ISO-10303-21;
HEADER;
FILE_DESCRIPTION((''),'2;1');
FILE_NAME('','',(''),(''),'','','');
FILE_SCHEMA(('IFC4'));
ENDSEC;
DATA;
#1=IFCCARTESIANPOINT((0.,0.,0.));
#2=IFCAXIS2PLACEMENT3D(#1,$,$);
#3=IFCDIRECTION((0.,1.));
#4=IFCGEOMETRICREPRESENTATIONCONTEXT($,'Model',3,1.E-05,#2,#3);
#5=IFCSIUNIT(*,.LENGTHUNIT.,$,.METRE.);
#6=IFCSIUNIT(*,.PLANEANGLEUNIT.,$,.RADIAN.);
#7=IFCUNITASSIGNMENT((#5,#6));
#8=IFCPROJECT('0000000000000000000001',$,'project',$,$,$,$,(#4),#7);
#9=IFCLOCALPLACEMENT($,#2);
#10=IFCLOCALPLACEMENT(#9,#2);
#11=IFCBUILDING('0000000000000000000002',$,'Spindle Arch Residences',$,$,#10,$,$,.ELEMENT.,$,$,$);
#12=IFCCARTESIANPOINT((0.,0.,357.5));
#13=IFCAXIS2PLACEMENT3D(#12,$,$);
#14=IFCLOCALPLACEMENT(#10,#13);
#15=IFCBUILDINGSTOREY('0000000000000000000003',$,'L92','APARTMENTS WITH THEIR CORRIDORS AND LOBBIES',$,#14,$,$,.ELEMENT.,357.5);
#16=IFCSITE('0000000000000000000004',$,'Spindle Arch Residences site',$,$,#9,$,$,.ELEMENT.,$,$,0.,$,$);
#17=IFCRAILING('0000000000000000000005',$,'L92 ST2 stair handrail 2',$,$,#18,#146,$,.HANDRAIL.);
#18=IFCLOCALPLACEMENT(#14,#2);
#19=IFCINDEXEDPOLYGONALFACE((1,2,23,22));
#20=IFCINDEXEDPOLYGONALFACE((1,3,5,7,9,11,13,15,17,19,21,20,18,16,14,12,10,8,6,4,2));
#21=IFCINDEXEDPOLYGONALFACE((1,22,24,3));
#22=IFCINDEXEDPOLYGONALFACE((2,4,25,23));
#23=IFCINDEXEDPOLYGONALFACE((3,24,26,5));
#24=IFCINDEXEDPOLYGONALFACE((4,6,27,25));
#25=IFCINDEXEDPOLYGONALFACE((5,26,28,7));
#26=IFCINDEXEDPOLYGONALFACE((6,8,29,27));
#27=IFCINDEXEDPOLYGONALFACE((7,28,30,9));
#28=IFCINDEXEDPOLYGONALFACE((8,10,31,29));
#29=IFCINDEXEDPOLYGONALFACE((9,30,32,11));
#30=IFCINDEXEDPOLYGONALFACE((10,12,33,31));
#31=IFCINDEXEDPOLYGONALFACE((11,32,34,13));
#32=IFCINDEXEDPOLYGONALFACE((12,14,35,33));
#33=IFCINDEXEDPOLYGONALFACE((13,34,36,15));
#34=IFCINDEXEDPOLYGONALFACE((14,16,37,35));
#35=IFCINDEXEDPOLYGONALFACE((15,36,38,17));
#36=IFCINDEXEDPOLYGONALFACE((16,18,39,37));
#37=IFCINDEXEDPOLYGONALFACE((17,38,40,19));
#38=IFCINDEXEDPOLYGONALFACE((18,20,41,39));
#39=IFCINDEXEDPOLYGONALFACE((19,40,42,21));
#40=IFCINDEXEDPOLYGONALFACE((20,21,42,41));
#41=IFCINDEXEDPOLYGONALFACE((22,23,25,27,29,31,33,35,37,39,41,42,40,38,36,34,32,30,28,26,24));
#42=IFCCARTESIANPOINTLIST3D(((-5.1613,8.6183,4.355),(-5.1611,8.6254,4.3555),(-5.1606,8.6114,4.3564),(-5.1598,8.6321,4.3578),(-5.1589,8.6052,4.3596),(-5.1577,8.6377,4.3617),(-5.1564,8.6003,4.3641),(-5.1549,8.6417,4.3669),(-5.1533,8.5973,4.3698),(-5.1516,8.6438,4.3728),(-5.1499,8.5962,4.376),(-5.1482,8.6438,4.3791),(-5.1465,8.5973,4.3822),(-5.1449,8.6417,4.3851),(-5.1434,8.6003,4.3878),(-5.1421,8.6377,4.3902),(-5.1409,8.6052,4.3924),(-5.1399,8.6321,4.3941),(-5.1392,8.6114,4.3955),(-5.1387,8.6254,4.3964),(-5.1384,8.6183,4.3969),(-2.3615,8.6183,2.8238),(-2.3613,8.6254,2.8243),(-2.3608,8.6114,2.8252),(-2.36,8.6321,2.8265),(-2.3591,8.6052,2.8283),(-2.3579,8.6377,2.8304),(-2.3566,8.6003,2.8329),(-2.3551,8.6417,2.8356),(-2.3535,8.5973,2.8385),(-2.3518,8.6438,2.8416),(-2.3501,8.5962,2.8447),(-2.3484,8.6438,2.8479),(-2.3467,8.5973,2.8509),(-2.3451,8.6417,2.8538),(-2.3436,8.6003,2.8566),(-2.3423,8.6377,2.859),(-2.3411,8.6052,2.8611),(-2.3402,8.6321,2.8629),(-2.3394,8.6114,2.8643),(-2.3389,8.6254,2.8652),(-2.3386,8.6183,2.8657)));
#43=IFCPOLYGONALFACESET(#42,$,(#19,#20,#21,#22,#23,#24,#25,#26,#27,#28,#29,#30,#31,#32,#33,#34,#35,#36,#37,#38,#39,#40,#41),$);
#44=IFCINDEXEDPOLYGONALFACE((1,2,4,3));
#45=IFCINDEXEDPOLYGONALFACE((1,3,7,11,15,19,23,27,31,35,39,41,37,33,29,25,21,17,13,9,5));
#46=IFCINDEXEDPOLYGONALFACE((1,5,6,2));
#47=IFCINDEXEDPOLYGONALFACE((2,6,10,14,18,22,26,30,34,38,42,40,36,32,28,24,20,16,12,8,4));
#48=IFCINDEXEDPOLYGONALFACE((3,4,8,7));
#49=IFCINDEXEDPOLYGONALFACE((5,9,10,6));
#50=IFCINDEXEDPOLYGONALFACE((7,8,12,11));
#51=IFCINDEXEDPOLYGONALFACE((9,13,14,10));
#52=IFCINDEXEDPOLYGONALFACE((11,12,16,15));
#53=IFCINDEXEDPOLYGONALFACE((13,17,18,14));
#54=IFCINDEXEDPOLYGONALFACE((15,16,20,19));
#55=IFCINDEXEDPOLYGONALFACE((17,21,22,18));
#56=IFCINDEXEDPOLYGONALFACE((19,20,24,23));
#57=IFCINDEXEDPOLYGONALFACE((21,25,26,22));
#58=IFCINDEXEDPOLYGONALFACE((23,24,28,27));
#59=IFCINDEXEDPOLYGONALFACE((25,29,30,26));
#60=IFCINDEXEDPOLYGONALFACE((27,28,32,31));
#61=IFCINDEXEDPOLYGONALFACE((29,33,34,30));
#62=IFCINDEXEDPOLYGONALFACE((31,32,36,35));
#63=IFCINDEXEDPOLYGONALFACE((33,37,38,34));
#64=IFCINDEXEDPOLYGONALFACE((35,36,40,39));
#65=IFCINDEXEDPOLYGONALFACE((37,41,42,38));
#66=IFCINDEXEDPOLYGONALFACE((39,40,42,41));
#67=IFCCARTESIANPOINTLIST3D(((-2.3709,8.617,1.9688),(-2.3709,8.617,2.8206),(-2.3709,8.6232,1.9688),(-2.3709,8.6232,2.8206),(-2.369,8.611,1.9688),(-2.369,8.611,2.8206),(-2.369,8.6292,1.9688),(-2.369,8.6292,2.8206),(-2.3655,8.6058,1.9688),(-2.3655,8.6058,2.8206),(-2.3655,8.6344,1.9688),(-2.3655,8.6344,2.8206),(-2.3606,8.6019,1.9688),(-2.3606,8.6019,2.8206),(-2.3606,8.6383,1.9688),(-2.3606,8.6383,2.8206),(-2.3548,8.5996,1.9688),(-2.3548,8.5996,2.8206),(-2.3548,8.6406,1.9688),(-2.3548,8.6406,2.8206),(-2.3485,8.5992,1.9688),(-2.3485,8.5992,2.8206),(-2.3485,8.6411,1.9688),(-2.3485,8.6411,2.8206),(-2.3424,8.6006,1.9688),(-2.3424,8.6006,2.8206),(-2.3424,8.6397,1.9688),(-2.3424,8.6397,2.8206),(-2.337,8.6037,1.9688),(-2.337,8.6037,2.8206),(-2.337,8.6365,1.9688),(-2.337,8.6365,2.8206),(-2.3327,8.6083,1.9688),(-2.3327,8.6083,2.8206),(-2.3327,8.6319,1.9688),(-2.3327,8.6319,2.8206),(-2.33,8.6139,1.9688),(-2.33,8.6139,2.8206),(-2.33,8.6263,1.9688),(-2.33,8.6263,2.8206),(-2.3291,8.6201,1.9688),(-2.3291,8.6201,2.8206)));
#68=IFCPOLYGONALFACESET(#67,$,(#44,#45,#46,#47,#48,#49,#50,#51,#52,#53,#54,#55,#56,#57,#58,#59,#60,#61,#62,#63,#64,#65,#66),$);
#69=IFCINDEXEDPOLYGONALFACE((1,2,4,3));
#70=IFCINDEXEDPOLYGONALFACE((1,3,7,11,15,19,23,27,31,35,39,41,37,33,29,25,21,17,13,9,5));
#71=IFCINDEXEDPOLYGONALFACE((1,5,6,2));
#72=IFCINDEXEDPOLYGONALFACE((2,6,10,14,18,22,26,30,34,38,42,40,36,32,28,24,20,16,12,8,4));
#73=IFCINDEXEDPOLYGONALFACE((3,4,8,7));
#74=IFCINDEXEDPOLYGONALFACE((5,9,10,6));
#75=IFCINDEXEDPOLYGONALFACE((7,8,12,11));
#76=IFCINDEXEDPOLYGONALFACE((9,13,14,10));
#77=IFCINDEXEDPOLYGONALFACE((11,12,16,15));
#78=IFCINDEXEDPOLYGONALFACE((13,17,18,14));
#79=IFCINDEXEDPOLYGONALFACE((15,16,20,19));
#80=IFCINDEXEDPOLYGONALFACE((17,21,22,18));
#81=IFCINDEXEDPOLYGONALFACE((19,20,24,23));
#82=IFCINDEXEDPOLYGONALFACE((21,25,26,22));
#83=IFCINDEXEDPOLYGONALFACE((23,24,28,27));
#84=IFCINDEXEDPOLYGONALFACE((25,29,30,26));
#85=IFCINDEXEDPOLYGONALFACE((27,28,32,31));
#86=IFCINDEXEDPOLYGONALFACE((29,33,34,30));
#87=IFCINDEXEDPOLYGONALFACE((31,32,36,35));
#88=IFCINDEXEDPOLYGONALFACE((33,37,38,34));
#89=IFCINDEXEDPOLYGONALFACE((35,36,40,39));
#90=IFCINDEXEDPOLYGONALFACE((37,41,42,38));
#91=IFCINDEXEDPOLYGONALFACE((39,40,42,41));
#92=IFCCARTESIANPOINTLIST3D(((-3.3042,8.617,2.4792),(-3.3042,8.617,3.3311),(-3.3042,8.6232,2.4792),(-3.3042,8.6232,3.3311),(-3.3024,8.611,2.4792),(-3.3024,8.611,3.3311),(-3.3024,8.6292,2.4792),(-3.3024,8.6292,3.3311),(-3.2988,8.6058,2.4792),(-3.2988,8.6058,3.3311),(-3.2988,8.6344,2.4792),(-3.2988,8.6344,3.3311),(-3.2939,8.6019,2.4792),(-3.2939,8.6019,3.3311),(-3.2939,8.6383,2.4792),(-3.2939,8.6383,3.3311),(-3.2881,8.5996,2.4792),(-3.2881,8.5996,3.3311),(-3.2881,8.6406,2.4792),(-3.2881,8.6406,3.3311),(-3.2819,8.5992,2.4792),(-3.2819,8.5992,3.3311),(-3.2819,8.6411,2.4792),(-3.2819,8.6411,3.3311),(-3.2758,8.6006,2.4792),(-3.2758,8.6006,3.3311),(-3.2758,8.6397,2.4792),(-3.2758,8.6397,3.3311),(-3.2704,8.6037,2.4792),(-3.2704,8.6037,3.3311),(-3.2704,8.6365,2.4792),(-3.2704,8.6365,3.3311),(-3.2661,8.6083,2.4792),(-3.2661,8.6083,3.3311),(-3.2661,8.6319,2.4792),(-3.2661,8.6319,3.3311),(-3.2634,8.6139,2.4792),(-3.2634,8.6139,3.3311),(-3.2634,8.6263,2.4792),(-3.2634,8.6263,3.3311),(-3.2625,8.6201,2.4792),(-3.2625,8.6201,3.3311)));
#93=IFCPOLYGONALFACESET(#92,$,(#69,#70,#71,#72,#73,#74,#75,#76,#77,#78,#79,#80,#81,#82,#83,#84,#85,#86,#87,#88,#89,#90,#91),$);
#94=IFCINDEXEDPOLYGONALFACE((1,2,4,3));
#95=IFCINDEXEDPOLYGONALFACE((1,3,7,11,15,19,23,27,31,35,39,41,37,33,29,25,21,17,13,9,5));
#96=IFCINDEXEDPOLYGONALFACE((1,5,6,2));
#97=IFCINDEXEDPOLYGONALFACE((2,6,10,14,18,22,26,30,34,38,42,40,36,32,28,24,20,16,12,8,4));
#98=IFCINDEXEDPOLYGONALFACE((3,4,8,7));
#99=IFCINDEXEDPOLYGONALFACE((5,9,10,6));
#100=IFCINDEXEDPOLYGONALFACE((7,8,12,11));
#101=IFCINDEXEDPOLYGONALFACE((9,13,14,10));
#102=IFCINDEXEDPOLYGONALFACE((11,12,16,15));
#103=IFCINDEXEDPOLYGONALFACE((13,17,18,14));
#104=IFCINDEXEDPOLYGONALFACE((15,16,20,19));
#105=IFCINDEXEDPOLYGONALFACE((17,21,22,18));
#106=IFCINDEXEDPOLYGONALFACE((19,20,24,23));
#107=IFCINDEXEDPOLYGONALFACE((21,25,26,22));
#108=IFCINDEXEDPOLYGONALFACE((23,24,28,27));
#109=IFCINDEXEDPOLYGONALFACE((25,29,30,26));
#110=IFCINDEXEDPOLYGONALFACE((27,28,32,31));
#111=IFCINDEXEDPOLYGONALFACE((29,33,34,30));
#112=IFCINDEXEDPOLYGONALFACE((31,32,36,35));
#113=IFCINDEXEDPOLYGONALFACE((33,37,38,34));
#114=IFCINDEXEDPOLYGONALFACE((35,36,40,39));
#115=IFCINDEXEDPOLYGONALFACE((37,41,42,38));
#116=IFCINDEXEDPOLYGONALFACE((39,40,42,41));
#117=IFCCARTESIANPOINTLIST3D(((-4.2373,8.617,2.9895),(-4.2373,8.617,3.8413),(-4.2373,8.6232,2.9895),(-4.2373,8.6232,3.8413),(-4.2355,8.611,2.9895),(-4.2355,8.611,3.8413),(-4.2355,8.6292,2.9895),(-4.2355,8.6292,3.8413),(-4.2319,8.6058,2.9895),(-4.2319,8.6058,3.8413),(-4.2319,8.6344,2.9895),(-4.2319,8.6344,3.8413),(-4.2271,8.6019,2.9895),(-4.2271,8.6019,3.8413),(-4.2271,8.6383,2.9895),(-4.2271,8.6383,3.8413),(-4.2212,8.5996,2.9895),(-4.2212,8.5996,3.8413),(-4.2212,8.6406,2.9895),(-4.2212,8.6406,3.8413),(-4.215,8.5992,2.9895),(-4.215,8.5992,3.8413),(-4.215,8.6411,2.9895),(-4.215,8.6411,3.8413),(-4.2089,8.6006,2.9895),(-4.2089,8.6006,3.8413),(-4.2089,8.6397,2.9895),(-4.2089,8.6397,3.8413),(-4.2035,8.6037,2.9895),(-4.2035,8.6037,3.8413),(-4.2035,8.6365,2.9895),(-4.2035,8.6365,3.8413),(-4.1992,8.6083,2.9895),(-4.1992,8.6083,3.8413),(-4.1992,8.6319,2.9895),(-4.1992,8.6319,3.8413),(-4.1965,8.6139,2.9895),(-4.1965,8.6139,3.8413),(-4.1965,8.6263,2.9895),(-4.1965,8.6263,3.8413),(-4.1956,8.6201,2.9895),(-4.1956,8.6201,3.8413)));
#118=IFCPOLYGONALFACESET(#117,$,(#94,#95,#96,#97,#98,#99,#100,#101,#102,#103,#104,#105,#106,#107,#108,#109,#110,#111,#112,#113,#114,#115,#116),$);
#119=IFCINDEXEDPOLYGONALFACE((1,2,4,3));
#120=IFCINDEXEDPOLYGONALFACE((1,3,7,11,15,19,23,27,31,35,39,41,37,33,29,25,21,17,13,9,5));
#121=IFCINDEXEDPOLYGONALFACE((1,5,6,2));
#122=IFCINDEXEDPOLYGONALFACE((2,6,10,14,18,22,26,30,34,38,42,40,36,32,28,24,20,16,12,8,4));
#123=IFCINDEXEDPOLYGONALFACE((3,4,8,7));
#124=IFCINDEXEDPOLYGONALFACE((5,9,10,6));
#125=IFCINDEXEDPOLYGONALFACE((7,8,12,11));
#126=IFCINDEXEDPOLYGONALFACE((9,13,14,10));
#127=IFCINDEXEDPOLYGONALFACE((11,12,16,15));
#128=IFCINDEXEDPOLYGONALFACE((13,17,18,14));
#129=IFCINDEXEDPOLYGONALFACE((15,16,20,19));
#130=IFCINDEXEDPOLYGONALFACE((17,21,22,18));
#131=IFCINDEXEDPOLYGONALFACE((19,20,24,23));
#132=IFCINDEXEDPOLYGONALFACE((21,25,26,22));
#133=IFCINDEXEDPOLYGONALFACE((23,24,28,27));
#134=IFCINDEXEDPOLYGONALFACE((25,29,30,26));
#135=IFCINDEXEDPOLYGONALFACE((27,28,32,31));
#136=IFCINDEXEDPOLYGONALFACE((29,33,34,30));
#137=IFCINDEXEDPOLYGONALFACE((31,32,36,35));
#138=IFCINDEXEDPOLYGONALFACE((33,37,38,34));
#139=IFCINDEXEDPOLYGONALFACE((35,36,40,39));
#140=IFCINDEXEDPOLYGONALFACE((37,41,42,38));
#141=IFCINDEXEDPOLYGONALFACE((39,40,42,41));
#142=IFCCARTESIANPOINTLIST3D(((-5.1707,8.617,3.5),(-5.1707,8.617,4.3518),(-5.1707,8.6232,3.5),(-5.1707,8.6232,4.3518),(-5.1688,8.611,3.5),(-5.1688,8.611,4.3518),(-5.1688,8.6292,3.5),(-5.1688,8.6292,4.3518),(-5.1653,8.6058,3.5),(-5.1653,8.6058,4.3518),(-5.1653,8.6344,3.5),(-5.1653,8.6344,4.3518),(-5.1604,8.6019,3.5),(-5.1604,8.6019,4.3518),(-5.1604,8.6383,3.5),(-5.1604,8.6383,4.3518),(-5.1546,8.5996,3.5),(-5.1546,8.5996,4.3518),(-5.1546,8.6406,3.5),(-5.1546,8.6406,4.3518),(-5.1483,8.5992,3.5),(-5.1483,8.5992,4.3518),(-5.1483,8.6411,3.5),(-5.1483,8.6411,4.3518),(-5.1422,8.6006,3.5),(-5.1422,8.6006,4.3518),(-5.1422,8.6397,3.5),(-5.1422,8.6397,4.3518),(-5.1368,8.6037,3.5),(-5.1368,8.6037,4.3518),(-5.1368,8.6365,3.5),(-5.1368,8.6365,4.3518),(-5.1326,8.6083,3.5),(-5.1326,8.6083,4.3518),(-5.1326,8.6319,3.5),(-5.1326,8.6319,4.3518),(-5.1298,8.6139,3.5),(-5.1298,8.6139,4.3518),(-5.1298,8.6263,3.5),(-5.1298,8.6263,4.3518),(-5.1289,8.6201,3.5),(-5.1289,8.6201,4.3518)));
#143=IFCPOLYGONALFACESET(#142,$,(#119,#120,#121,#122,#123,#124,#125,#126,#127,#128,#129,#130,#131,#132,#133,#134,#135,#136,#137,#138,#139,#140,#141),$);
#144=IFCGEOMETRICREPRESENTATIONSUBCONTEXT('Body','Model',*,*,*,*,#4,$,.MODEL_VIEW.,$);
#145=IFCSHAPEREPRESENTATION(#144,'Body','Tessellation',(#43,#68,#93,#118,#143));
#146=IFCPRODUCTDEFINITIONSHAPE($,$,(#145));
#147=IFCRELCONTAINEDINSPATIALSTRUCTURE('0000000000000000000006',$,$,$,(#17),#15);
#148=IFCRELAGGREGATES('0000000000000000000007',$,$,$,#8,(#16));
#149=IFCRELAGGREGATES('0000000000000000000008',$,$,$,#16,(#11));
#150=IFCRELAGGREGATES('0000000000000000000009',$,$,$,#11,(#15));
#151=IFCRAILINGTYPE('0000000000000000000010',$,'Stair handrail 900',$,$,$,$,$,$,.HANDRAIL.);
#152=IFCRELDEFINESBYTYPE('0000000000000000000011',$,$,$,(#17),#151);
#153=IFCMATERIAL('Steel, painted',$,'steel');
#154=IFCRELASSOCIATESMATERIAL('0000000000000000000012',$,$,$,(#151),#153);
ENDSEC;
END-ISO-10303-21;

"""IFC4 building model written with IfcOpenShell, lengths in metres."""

from ifc_helpers import new_model, si_unit, direction, frame, origin, origin_2d, place, context, subcontext, project, spatial, circle, extrude, material, type_object, element, save


model = new_model("IFC4")

# Units and contexts
model_context = context("Model", 3, precision=1e-05, world=origin(), true_north=direction((0.0, 1.0)))
body_context = subcontext(model_context, "Body", "Model", "MODEL_VIEW")
ifc_project = project(units=[si_unit("LENGTHUNIT", "METRE"), si_unit("PLANEANGLEUNIT", "RADIAN")], contexts=[model_context])

# Site, building, storey
site_placement = place(None, origin())
site = spatial("IfcSite", under=ifc_project, at=site_placement, Name="Spindle Arch Residences site", CompositionType="ELEMENT", RefElevation=0.0)
building_placement = place(site_placement, origin())
building = spatial("IfcBuilding", under=site, at=building_placement, Name="Spindle Arch Residences", CompositionType="ELEMENT")
storey_placement = place(building_placement, frame((0.0, 0.0, 357.5)))
storey = spatial("IfcBuildingStorey", under=building, at=storey_placement, Name="L92", Description="APARTMENTS WITH THEIR CORRIDORS AND LOBBIES", CompositionType="ELEMENT", Elevation=357.5)

# Railing
ifc_material_1 = material(Name="Steel, painted", Category="steel")
railing_type_1 = type_object("IfcRailingType", Name="Stair handrail 900", PredefinedType="HANDRAIL", material=ifc_material_1)
railing_1_placement = place(storey_placement, frame((-2.3501, 8.6201, 1.9688)))
element("IfcRailing", 1, at=railing_1_placement, inside=storey, type_object=railing_type_1, Name="L92 ST2 stair handrail 2", PredefinedType="HANDRAIL", context=body_context, shape_type="SweptSolid", body=[
    extrude(circle(Radius=0.0239, at=origin_2d()), frame((0.0, 0.0, 0.876), z_axis=(-0.877357, 0.0, 0.479838), x_axis=(0.0, -1.0, 0.0)), (0.0, 0.0, 1.0), 3.1912),
    extrude(circle(Radius=0.021, at=origin_2d()), origin(), (0.0, 0.0, 1.0), 0.8518),
    extrude(circle(Radius=0.021, at=origin_2d()), frame((-0.9333, 0.0, 0.5105)), (0.0, 0.0, 1.0), 0.8518),
    extrude(circle(Radius=0.021, at=origin_2d()), frame((-1.8665, 0.0, 1.0208)), (0.0, 0.0, 1.0), 0.8518),
    extrude(circle(Radius=0.021, at=origin_2d()), frame((-2.7998, 0.0, 1.5312)), (0.0, 0.0, 1.0), 0.8518),
])

save(model, "model.ifc")
